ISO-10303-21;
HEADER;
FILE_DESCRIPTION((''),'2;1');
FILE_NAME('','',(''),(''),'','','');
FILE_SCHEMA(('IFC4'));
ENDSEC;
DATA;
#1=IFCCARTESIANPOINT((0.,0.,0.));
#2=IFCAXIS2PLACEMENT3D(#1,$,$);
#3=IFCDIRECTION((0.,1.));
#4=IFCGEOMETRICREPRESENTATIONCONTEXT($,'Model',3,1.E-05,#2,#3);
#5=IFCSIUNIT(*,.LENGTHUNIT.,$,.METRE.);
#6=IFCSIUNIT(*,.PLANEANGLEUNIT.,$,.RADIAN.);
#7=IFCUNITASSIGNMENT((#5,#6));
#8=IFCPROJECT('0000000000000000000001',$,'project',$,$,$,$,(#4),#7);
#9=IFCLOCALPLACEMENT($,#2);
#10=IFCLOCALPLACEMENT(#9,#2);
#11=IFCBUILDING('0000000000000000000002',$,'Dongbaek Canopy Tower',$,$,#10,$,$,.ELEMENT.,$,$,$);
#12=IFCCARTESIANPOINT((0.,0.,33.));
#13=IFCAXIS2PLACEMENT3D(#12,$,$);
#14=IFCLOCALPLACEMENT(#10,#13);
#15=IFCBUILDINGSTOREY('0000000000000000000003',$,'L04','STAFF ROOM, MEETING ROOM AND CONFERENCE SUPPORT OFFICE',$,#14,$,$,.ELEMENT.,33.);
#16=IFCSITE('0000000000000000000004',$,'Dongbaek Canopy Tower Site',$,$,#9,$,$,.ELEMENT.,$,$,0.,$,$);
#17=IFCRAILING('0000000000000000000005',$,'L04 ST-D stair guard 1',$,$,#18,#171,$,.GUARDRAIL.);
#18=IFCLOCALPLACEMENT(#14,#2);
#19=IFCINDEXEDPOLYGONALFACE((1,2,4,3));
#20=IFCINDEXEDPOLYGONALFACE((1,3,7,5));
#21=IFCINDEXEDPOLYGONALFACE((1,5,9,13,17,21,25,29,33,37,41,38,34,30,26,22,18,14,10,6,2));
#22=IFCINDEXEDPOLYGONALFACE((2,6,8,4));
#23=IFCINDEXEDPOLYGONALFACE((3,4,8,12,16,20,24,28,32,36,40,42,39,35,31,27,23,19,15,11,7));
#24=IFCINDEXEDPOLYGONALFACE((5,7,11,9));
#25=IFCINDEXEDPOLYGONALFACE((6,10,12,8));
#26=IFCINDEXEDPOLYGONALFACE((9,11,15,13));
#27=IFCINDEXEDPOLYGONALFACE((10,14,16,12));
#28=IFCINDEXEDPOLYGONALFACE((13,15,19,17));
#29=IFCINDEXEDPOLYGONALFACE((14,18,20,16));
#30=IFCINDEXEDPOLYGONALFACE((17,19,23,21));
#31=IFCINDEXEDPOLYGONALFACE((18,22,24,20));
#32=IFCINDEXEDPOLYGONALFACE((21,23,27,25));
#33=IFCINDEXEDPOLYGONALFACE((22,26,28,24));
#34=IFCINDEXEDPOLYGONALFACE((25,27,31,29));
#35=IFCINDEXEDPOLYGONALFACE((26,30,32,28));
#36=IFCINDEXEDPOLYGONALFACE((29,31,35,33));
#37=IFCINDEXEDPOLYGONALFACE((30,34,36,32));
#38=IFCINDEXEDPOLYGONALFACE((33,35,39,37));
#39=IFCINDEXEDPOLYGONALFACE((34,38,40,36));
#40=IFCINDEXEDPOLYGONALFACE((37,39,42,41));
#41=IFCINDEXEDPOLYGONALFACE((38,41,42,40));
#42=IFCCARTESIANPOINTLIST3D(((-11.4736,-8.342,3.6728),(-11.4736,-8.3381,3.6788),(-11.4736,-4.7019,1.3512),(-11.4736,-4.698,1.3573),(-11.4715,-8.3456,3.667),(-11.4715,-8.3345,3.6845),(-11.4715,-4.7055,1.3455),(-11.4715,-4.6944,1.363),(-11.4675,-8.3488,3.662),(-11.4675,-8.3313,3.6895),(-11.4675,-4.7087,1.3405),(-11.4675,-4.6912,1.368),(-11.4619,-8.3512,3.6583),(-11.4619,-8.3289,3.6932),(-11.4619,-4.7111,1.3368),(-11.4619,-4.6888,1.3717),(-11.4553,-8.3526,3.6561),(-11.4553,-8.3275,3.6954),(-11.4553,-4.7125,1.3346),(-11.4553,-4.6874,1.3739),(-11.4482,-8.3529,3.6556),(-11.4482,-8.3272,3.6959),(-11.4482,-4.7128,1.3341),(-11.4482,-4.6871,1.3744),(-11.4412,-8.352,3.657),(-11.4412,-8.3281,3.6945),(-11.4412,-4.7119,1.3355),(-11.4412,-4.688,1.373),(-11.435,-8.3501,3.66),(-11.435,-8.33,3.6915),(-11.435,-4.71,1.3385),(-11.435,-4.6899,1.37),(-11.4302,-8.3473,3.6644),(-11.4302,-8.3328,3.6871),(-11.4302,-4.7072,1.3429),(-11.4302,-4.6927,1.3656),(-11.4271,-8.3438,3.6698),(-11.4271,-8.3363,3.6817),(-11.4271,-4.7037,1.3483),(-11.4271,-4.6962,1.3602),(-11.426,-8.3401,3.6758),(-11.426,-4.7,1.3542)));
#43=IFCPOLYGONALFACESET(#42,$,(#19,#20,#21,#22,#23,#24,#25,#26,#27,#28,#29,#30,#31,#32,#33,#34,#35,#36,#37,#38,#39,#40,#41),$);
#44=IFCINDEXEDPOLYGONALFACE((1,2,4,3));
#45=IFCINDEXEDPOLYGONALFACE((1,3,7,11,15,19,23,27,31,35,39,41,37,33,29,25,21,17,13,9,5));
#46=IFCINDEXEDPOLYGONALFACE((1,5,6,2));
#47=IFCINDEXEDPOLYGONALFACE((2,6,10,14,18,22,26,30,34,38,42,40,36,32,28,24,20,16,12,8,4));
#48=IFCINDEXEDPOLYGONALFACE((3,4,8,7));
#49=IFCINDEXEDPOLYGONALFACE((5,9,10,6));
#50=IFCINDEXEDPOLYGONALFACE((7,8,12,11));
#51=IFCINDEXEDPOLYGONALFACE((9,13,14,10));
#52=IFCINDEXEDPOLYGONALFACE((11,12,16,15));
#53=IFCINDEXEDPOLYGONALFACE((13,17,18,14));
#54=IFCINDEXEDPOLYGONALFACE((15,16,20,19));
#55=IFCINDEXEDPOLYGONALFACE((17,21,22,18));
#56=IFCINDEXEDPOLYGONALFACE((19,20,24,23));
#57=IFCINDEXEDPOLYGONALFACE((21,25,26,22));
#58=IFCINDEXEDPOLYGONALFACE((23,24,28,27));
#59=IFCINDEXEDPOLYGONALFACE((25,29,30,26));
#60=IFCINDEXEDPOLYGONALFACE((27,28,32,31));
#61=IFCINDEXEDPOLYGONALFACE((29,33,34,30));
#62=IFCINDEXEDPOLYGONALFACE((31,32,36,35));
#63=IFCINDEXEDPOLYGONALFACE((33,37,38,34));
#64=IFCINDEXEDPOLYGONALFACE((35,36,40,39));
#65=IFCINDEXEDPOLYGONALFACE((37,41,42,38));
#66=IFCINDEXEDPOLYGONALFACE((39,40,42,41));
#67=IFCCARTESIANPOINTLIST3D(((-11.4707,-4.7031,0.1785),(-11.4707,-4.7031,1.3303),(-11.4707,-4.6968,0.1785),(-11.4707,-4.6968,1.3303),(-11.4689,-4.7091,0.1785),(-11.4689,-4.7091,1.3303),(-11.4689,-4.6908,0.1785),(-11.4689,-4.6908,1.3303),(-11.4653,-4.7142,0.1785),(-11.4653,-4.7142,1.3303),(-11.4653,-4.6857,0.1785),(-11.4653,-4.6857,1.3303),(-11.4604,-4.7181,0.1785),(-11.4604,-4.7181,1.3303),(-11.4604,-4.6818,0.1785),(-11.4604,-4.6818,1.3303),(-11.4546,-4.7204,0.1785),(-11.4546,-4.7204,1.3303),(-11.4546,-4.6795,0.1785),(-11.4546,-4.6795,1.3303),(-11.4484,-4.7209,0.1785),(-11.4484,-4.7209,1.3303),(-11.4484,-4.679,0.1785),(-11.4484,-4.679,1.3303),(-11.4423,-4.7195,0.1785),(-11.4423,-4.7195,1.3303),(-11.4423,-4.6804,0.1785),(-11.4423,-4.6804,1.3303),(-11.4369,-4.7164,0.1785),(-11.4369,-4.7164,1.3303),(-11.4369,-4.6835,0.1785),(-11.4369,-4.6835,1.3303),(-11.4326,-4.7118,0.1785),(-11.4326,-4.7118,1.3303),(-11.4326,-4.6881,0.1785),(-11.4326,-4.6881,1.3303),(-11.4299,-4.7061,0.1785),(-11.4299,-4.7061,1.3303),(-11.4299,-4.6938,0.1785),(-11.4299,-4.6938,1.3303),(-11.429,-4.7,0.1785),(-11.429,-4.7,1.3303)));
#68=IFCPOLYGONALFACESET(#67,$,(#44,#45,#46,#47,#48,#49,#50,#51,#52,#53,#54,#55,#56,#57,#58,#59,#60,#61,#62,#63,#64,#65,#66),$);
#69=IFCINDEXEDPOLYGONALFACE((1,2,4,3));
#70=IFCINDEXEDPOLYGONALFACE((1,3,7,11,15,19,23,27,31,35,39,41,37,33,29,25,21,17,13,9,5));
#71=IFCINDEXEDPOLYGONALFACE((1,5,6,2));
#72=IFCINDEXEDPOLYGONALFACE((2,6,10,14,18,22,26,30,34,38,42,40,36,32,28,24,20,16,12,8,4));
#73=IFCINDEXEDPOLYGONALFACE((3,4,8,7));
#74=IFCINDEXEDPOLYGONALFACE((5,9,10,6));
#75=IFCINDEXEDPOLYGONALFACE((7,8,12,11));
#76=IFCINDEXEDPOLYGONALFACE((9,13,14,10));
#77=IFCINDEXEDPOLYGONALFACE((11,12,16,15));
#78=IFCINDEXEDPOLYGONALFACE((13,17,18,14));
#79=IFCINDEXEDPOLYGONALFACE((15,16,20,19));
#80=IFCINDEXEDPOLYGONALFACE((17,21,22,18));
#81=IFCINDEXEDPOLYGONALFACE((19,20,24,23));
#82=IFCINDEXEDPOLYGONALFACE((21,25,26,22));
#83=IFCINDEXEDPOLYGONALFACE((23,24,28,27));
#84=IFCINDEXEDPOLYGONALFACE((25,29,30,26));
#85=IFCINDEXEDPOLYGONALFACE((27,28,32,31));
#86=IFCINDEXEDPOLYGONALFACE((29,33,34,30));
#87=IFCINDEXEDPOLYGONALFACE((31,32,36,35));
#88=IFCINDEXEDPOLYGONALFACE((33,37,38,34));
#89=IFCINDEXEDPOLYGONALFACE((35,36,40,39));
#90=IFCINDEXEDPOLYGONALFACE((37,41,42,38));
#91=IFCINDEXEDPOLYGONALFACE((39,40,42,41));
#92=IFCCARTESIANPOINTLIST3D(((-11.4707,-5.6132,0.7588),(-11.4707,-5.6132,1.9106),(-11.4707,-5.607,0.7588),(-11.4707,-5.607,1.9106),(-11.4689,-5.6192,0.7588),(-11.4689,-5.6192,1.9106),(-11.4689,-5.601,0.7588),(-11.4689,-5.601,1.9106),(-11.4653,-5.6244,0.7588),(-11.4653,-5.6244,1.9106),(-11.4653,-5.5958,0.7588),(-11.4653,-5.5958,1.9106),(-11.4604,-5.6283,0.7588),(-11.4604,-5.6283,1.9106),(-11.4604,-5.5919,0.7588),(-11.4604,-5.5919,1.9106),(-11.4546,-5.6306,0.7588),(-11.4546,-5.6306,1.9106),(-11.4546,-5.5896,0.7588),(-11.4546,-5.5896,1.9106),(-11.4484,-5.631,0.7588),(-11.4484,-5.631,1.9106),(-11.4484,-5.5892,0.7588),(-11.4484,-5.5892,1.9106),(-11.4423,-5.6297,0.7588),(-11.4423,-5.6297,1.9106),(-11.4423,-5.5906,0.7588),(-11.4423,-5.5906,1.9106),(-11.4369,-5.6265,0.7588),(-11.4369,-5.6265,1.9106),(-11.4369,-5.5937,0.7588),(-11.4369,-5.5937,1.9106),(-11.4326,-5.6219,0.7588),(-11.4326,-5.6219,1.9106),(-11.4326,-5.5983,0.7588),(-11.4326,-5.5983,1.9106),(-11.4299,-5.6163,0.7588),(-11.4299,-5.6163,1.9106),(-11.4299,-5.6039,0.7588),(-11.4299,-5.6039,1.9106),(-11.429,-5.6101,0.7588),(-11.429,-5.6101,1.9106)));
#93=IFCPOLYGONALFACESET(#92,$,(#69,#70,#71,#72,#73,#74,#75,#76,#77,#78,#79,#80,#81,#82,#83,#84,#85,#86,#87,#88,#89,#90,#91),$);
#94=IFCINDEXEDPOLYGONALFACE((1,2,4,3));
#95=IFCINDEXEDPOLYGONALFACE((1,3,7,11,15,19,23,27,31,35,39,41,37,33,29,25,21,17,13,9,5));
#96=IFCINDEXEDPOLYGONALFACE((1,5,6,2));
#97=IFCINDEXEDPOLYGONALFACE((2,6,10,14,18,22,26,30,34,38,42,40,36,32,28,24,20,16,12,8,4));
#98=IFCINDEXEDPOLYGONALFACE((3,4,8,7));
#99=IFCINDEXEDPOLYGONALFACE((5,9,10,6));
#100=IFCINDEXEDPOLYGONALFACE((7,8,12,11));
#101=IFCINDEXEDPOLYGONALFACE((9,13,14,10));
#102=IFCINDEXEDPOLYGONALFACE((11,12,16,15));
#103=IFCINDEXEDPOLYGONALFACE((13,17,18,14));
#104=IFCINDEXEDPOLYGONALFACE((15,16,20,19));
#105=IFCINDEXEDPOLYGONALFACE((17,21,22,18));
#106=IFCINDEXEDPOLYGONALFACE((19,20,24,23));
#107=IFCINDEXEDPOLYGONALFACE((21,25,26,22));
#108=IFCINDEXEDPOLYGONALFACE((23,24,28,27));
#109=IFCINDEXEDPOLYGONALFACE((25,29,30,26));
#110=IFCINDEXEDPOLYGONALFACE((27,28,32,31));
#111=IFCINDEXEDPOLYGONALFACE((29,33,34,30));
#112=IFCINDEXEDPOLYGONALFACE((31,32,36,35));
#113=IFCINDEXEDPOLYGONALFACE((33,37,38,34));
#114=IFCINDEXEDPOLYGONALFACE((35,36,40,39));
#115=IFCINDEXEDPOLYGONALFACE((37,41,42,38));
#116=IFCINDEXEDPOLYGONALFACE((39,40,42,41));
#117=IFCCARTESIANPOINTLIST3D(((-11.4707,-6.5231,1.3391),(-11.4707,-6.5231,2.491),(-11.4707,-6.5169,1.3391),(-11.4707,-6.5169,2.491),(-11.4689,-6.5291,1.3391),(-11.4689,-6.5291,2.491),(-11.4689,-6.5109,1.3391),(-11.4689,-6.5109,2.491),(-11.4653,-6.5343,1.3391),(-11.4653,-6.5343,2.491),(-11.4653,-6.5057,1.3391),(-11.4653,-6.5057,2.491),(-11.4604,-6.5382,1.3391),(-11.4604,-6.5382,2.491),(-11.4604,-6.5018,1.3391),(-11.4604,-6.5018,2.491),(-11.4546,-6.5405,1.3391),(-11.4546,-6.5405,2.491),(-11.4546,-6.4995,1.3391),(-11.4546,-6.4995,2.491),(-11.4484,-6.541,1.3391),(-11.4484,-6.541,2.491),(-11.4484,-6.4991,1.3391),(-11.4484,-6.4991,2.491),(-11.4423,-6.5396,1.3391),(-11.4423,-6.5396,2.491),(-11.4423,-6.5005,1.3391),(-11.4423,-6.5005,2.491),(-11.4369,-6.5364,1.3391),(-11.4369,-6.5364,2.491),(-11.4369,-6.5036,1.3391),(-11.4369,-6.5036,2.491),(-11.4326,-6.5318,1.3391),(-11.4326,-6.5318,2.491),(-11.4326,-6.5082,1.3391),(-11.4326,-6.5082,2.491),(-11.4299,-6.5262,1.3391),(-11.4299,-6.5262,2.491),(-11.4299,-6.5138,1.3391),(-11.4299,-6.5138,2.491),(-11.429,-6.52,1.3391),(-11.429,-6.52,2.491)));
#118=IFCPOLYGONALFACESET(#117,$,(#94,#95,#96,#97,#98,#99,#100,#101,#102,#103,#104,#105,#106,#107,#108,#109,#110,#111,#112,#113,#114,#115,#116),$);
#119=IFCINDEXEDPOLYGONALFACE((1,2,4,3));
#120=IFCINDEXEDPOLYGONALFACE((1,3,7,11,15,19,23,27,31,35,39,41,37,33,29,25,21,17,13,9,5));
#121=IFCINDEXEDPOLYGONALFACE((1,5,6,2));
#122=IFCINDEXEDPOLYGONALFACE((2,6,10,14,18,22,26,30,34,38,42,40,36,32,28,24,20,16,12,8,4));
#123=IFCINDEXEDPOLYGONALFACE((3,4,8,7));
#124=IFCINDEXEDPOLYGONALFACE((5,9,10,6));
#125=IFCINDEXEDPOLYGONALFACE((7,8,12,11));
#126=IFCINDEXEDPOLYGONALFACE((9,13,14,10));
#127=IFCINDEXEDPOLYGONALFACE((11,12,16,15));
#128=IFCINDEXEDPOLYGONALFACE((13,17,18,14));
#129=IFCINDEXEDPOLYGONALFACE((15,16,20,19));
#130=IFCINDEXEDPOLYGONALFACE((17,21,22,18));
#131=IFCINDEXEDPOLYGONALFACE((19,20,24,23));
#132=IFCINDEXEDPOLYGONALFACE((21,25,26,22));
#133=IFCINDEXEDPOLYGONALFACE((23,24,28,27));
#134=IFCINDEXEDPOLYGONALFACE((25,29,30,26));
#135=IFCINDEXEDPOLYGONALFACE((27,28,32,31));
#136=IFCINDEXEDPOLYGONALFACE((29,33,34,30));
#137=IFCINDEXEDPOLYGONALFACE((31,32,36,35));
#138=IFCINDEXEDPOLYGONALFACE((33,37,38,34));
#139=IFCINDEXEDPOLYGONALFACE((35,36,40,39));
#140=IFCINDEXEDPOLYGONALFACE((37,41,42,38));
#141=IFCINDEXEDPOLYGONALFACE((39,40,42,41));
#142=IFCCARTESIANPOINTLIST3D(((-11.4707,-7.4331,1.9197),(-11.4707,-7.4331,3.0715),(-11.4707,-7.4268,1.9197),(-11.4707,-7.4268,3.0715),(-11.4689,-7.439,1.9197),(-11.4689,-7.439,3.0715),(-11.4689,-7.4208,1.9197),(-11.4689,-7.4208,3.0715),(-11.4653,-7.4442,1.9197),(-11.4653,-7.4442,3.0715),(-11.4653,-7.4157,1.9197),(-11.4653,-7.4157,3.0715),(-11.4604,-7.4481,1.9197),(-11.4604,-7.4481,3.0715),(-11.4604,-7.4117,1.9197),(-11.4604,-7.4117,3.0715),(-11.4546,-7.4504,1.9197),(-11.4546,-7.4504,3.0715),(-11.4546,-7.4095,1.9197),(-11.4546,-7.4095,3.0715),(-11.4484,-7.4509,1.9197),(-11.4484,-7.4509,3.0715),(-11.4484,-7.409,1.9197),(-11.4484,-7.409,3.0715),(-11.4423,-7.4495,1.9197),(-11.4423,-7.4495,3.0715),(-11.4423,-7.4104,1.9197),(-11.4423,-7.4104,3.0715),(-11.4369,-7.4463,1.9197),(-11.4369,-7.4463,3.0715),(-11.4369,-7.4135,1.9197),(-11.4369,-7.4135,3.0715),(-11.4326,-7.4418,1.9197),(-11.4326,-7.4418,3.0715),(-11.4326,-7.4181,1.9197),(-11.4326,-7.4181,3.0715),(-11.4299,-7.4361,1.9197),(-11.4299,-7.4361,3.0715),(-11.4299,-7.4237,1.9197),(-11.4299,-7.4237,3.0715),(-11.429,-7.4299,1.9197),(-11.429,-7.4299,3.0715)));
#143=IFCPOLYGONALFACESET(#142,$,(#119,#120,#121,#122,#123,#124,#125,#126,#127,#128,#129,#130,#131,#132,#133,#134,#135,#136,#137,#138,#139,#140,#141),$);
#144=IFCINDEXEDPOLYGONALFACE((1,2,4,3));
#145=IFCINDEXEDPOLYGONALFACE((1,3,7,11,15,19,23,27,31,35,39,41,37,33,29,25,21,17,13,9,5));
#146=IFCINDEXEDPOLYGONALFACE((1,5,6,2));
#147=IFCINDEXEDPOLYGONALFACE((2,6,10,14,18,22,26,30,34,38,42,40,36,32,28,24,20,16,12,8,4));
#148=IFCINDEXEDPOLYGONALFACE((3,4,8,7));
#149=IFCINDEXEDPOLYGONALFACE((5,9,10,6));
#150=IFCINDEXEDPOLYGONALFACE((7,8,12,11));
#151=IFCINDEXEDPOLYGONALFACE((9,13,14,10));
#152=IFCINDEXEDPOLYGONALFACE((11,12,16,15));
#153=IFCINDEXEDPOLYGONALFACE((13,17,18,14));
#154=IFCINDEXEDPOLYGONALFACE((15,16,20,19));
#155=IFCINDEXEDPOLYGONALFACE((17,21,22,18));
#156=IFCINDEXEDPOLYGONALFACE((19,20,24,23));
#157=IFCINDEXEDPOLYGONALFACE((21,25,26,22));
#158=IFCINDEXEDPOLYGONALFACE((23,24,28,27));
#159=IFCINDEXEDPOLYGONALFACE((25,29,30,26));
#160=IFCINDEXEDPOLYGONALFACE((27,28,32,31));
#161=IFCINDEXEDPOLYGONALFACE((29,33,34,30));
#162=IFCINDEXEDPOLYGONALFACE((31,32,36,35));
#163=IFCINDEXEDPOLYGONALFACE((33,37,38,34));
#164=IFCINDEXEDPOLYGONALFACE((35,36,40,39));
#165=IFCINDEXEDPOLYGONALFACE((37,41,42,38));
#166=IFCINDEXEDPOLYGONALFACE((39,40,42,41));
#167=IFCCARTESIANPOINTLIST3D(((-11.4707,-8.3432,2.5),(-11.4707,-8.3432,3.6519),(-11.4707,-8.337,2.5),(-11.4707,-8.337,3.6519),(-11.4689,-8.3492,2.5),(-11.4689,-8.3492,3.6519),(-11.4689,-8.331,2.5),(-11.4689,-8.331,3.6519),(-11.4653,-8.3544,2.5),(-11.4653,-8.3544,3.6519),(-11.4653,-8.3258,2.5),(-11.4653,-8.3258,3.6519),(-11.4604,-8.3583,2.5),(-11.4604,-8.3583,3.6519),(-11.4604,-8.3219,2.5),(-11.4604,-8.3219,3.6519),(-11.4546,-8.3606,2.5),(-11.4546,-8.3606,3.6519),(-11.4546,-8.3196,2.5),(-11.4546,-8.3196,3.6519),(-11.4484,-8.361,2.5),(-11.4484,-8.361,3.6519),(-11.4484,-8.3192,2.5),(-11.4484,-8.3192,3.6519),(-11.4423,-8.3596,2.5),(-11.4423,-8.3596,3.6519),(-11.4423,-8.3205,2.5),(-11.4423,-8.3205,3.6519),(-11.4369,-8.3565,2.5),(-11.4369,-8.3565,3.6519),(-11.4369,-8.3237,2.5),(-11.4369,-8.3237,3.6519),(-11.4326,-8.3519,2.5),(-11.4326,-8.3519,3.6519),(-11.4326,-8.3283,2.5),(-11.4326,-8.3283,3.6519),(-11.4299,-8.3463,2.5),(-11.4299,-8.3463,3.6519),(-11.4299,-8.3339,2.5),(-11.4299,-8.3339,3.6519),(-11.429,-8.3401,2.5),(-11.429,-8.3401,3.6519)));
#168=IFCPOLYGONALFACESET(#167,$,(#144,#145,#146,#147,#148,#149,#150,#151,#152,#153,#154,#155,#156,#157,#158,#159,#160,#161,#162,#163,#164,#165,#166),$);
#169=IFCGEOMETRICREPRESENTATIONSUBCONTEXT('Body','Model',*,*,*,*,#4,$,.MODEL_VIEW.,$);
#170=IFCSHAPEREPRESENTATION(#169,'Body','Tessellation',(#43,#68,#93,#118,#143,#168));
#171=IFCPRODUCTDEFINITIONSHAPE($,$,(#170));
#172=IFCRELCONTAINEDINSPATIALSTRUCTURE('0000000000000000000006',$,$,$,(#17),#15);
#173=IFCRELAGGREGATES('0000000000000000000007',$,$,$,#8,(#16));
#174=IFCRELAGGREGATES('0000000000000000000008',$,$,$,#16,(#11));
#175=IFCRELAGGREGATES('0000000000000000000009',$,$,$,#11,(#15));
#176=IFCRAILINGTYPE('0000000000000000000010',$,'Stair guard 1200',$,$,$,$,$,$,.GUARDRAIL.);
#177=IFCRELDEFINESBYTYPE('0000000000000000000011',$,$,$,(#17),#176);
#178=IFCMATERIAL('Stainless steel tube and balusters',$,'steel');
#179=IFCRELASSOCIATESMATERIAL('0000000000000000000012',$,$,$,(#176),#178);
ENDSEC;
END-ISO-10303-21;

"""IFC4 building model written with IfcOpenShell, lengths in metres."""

from ifc_helpers import new_model, si_unit, direction, frame, origin, origin_2d, place, context, subcontext, project, spatial, circle, extrude, material, type_object, element, save


model = new_model("IFC4")

# Units and contexts
model_context = context("Model", 3, precision=1e-05, world=origin(), true_north=direction((0.0, 1.0)))
body_context = subcontext(model_context, "Body", "Model", "MODEL_VIEW")
ifc_project = project(units=[si_unit("LENGTHUNIT", "METRE"), si_unit("PLANEANGLEUNIT", "RADIAN")], contexts=[model_context])

# Site, building, storey
site_placement = place(None, origin())
site = spatial("IfcSite", under=ifc_project, at=site_placement, Name="Dongbaek Canopy Tower Site", CompositionType="ELEMENT", RefElevation=0.0)
building_placement = place(site_placement, origin())
building = spatial("IfcBuilding", under=site, at=building_placement, Name="Dongbaek Canopy Tower", CompositionType="ELEMENT")
storey_placement = place(building_placement, frame((0.0, 0.0, 33.0)))
storey = spatial("IfcBuildingStorey", under=building, at=storey_placement, Name="L04", Description="STAFF ROOM, MEETING ROOM AND CONFERENCE SUPPORT OFFICE", CompositionType="ELEMENT", Elevation=33.0)

# Railing
ifc_material_1 = material(Name="Stainless steel tube and balusters", Category="steel")
railing_type_1 = type_object("IfcRailingType", Name="Stair guard 1200", PredefinedType="GUARDRAIL", material=ifc_material_1)
railing_1_placement = place(storey_placement, frame((-11.45, -4.7, 0.1785)))
element("IfcRailing", 1, at=railing_1_placement, inside=storey, type_object=railing_type_1, Name="L04 ST-D stair guard 1", PredefinedType="GUARDRAIL", context=body_context, shape_type="SweptSolid", body=[
    extrude(circle(Radius=0.0239, at=origin_2d()), frame((0.0, 0.0, 1.1758), z_axis=(0.0, -0.843128, 0.537713), x_axis=(1.0, 0.0, 0.0)), (0.0, 0.0, 1.0), 4.3174),
    extrude(circle(Radius=0.021, at=origin_2d()), origin(), (0.0, 0.0, 1.0), 1.1519),
    extrude(circle(Radius=0.021, at=origin_2d()), frame((0.0, -0.9102, 0.5803)), (0.0, 0.0, 1.0), 1.1519),
    extrude(circle(Radius=0.021, at=origin_2d()), frame((0.0, -1.8201, 1.1606)), (0.0, 0.0, 1.0), 1.1519),
    extrude(circle(Radius=0.021, at=origin_2d()), frame((0.0, -2.73, 1.7412)), (0.0, 0.0, 1.0), 1.1519),
    extrude(circle(Radius=0.021, at=origin_2d()), frame((0.0, -3.6401, 2.3215)), (0.0, 0.0, 1.0), 1.1519),
])

save(model, "model.ifc")
